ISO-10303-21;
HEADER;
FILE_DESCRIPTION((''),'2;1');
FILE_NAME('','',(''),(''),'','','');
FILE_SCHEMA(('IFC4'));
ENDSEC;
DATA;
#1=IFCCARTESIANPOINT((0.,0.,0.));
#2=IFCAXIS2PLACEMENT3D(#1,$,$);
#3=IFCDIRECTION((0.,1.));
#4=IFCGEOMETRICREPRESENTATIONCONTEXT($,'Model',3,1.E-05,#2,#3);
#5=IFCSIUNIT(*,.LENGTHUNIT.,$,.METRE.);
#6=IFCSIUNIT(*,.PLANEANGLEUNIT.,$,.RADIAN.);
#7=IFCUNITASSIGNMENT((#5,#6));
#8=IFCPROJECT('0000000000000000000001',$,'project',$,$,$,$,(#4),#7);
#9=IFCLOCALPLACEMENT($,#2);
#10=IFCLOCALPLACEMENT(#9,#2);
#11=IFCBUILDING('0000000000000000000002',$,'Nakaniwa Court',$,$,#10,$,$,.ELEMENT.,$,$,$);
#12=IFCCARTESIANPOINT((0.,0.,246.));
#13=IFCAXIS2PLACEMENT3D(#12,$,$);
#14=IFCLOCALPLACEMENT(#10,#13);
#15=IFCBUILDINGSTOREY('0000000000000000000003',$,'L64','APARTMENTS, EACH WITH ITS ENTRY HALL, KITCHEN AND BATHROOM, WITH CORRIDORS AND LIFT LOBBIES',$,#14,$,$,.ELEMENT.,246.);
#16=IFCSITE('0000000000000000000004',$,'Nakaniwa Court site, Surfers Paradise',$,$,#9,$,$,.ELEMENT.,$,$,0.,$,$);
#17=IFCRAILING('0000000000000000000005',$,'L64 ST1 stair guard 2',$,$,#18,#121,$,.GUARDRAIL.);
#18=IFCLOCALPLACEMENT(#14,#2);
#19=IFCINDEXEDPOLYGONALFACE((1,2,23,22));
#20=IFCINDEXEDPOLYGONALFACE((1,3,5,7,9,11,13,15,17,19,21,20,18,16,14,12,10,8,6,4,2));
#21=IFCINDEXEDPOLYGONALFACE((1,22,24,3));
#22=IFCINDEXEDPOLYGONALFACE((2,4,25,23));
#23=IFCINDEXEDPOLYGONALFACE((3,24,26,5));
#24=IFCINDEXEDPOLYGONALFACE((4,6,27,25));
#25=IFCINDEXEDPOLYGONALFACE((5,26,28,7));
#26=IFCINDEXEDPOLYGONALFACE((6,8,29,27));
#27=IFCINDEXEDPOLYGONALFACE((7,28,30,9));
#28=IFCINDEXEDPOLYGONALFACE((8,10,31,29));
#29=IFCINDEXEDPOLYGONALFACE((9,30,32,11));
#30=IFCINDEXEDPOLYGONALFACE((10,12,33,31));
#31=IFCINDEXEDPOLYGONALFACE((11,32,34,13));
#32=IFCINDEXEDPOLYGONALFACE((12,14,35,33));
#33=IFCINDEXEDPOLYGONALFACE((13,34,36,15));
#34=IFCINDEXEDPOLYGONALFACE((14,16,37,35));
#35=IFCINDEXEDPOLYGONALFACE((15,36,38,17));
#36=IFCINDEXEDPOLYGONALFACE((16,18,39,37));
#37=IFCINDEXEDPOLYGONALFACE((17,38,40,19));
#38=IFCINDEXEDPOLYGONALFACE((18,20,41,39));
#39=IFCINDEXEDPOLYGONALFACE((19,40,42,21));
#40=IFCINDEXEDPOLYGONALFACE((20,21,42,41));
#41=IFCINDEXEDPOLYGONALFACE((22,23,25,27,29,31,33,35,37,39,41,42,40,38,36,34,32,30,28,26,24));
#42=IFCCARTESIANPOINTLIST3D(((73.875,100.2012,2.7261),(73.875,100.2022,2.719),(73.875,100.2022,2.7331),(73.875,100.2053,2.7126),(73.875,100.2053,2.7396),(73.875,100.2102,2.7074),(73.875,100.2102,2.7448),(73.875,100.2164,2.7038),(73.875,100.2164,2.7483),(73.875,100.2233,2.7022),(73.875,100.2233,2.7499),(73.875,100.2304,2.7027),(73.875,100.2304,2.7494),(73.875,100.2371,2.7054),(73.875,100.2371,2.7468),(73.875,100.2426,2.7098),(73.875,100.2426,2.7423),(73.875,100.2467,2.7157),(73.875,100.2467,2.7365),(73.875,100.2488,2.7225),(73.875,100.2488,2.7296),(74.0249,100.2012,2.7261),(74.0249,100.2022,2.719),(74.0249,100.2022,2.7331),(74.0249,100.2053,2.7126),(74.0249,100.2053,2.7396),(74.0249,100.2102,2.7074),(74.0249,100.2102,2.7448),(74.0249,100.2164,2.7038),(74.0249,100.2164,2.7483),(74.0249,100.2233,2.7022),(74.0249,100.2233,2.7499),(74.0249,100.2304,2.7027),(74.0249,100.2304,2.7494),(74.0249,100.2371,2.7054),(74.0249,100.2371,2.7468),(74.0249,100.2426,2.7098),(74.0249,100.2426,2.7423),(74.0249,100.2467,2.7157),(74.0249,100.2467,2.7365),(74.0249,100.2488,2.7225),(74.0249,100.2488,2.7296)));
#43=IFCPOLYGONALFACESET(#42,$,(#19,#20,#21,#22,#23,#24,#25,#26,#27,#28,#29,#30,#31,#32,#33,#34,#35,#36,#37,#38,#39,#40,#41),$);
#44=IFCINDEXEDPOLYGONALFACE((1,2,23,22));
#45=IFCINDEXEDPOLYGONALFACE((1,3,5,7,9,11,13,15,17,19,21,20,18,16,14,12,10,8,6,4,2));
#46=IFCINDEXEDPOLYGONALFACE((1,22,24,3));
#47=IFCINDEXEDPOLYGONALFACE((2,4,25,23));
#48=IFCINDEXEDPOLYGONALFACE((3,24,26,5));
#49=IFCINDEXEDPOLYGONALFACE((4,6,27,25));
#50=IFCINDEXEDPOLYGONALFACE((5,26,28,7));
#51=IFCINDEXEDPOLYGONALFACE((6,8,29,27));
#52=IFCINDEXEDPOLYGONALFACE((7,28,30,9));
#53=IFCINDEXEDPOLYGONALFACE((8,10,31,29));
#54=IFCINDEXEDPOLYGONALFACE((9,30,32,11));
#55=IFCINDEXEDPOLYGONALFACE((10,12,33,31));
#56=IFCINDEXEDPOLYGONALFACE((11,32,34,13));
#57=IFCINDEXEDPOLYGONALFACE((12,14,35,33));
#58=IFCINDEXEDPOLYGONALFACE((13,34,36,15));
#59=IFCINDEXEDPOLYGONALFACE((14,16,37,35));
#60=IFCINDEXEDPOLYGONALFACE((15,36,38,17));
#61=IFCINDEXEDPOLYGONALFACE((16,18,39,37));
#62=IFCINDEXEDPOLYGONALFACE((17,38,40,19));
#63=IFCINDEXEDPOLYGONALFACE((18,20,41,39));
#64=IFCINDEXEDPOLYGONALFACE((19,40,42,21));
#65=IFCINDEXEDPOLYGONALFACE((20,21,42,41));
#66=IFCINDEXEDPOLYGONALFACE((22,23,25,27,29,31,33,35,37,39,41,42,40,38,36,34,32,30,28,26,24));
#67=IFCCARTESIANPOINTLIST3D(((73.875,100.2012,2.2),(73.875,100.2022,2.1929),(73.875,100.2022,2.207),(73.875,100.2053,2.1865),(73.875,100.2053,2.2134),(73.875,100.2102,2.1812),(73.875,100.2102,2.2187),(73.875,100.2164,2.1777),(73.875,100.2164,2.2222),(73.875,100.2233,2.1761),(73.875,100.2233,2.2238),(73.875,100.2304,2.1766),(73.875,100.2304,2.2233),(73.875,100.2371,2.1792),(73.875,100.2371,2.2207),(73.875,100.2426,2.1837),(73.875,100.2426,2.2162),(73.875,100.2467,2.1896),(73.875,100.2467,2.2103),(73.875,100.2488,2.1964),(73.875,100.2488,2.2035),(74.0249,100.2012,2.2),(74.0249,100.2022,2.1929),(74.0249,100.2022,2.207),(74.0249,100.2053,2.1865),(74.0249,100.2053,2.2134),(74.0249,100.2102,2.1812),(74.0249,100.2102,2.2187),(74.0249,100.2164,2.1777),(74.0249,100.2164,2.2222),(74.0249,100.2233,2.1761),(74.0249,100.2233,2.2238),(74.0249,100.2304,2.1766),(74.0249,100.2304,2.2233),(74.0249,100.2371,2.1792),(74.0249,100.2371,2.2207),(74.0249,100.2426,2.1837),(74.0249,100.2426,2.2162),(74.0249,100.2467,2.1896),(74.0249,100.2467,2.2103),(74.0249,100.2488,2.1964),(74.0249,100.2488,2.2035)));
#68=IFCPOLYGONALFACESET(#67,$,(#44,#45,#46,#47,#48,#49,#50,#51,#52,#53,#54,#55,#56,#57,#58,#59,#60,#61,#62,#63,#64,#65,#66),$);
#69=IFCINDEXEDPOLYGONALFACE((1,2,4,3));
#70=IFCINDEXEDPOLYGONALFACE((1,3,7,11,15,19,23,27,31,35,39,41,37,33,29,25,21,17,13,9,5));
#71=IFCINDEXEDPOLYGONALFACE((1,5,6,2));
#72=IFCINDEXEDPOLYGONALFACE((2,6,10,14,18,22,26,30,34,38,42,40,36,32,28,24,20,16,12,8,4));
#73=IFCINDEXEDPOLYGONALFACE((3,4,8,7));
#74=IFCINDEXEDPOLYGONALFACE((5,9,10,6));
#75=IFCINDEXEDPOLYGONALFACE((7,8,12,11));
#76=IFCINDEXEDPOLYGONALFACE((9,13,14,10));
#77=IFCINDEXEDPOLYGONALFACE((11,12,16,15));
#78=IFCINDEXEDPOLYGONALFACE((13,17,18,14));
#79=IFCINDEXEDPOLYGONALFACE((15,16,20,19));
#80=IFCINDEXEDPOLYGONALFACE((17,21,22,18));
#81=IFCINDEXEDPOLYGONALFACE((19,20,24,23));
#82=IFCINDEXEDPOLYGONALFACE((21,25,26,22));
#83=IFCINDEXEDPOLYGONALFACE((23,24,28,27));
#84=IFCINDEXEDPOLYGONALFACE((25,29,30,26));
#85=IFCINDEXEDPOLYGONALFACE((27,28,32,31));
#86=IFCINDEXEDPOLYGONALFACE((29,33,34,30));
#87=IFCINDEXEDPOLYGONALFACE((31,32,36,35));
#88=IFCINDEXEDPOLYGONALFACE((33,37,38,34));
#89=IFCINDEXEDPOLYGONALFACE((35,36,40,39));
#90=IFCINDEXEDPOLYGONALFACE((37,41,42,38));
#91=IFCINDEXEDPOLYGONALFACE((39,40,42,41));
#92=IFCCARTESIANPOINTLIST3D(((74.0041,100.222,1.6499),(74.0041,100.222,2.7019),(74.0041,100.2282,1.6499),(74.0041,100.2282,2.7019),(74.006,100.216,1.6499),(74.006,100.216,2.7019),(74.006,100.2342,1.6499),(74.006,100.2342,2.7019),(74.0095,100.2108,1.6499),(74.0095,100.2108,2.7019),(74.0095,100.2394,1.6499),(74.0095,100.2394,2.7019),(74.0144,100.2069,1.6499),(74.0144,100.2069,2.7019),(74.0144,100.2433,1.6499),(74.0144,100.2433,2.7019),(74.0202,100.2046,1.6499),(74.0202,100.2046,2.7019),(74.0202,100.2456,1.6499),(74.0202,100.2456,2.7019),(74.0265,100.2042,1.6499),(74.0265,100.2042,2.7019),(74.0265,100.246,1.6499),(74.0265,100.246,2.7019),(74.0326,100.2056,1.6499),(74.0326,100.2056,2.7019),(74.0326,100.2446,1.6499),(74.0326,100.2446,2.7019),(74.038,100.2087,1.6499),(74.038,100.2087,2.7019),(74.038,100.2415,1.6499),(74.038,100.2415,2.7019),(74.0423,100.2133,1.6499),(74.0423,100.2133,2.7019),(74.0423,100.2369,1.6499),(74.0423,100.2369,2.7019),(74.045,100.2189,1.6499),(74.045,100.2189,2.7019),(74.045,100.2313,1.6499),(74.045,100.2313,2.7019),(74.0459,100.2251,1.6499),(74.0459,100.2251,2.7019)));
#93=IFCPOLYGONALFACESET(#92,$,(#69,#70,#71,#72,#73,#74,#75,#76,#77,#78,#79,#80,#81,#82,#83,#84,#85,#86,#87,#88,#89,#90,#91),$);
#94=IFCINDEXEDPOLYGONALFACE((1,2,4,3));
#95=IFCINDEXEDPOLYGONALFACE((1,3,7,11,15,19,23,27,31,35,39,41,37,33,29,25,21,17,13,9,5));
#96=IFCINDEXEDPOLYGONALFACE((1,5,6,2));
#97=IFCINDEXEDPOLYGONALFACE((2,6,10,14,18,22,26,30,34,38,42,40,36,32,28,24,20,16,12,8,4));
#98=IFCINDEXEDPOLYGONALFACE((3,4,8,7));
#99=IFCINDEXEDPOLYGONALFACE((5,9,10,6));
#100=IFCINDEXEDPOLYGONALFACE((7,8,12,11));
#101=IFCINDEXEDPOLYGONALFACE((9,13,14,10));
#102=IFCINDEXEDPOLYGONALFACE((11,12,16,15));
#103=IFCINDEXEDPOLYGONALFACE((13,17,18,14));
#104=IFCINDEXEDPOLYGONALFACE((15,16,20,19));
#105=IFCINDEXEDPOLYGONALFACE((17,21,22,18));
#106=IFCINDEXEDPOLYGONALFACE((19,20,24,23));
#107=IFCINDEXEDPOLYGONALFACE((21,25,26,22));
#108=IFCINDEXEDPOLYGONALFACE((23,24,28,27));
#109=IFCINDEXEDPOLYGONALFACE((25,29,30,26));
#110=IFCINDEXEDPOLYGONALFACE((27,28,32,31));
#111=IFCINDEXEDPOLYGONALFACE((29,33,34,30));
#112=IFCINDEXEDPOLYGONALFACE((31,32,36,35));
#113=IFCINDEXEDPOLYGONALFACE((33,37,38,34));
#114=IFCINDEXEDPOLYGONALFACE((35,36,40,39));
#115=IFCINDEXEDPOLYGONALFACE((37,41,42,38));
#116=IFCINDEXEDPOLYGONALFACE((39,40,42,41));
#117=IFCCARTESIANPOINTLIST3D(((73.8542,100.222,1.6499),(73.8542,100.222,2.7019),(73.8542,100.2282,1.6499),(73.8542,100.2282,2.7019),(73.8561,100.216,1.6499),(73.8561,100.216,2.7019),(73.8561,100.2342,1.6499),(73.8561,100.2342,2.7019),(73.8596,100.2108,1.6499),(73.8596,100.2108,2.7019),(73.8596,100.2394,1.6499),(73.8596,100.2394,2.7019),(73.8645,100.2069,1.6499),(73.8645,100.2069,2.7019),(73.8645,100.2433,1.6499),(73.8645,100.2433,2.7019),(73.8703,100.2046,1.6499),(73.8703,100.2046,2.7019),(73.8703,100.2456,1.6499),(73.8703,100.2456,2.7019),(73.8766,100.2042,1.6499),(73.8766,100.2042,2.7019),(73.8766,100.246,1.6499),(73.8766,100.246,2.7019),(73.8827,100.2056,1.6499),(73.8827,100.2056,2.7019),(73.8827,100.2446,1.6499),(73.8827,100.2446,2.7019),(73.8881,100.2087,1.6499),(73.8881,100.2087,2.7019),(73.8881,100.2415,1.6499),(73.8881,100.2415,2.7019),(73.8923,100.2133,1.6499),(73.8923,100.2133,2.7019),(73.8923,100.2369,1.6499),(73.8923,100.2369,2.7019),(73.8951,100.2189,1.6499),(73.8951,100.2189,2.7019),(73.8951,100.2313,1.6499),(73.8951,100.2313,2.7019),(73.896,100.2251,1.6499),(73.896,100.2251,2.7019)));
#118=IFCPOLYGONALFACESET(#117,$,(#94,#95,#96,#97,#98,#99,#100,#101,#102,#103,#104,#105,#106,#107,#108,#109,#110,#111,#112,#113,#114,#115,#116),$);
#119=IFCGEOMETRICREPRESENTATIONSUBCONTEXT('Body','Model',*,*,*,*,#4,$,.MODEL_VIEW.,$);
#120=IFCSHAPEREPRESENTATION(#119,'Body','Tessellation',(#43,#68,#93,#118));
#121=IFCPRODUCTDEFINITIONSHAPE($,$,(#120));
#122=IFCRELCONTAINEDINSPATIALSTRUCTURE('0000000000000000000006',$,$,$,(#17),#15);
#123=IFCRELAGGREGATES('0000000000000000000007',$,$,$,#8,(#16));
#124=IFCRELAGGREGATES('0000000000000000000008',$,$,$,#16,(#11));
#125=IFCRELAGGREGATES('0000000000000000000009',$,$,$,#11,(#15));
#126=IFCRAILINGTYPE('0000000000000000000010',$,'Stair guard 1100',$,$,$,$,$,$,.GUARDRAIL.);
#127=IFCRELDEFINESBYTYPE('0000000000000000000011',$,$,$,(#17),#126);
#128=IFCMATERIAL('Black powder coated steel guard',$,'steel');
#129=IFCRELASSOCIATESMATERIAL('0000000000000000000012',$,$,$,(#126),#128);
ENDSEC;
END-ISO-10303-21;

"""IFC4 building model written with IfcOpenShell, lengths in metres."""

from ifc_helpers import new_model, si_unit, direction, frame, origin, origin_2d, place, context, subcontext, project, spatial, circle, extrude, material, type_object, element, save


model = new_model("IFC4")

# Units and contexts
model_context = context("Model", 3, precision=1e-05, world=origin(), true_north=direction((0.0, 1.0)))
body_context = subcontext(model_context, "Body", "Model", "MODEL_VIEW")
ifc_project = project(units=[si_unit("LENGTHUNIT", "METRE"), si_unit("PLANEANGLEUNIT", "RADIAN")], contexts=[model_context])

# Site, building, storey
site_placement = place(None, origin())
site = spatial("IfcSite", under=ifc_project, at=site_placement, Name="Nakaniwa Court site, Surfers Paradise", CompositionType="ELEMENT", RefElevation=0.0)
building_placement = place(site_placement, origin())
building = spatial("IfcBuilding", under=site, at=building_placement, Name="Nakaniwa Court", CompositionType="ELEMENT")
storey_placement = place(building_placement, frame((0.0, 0.0, 246.0)))
storey = spatial("IfcBuildingStorey", under=building, at=storey_placement, Name="L64", Description="APARTMENTS, EACH WITH ITS ENTRY HALL, KITCHEN AND BATHROOM, WITH CORRIDORS AND LIFT LOBBIES", CompositionType="ELEMENT", Elevation=246.0)

# Railing
ifc_material_1 = material(Name="Black powder coated steel guard", Category="steel")
railing_type_1 = type_object("IfcRailingType", Name="Stair guard 1100", PredefinedType="GUARDRAIL", material=ifc_material_1)
railing_1_placement = place(storey_placement, frame((74.0249, 100.2251, 1.6499)))
element("IfcRailing", 1, at=railing_1_placement, inside=storey, type_object=railing_type_1, Name="L64 ST1 stair guard 2", PredefinedType="GUARDRAIL", context=body_context, shape_type="SweptSolid", body=[
    extrude(circle(Radius=0.0239, at=origin_2d()), frame((0.0, 0.0, 1.0762), z_axis=(-1.0, 0.0, 0.0), x_axis=(0.0, -1.0, 0.0)), (0.0, 0.0, 1.0), 0.1499),
    extrude(circle(Radius=0.0239, at=origin_2d()), frame((0.0, 0.0, 0.55), z_axis=(-1.0, 0.0, 0.0), x_axis=(0.0, -1.0, 0.0)), (0.0, 0.0, 1.0), 0.1499),
    extrude(circle(Radius=0.021, at=origin_2d()), origin(), (0.0, 0.0, 1.0), 1.052),
    extrude(circle(Radius=0.021, at=origin_2d()), frame((-0.1499, 0.0, 0.0)), (0.0, 0.0, 1.0), 1.052),
])

save(model, "model.ifc")
